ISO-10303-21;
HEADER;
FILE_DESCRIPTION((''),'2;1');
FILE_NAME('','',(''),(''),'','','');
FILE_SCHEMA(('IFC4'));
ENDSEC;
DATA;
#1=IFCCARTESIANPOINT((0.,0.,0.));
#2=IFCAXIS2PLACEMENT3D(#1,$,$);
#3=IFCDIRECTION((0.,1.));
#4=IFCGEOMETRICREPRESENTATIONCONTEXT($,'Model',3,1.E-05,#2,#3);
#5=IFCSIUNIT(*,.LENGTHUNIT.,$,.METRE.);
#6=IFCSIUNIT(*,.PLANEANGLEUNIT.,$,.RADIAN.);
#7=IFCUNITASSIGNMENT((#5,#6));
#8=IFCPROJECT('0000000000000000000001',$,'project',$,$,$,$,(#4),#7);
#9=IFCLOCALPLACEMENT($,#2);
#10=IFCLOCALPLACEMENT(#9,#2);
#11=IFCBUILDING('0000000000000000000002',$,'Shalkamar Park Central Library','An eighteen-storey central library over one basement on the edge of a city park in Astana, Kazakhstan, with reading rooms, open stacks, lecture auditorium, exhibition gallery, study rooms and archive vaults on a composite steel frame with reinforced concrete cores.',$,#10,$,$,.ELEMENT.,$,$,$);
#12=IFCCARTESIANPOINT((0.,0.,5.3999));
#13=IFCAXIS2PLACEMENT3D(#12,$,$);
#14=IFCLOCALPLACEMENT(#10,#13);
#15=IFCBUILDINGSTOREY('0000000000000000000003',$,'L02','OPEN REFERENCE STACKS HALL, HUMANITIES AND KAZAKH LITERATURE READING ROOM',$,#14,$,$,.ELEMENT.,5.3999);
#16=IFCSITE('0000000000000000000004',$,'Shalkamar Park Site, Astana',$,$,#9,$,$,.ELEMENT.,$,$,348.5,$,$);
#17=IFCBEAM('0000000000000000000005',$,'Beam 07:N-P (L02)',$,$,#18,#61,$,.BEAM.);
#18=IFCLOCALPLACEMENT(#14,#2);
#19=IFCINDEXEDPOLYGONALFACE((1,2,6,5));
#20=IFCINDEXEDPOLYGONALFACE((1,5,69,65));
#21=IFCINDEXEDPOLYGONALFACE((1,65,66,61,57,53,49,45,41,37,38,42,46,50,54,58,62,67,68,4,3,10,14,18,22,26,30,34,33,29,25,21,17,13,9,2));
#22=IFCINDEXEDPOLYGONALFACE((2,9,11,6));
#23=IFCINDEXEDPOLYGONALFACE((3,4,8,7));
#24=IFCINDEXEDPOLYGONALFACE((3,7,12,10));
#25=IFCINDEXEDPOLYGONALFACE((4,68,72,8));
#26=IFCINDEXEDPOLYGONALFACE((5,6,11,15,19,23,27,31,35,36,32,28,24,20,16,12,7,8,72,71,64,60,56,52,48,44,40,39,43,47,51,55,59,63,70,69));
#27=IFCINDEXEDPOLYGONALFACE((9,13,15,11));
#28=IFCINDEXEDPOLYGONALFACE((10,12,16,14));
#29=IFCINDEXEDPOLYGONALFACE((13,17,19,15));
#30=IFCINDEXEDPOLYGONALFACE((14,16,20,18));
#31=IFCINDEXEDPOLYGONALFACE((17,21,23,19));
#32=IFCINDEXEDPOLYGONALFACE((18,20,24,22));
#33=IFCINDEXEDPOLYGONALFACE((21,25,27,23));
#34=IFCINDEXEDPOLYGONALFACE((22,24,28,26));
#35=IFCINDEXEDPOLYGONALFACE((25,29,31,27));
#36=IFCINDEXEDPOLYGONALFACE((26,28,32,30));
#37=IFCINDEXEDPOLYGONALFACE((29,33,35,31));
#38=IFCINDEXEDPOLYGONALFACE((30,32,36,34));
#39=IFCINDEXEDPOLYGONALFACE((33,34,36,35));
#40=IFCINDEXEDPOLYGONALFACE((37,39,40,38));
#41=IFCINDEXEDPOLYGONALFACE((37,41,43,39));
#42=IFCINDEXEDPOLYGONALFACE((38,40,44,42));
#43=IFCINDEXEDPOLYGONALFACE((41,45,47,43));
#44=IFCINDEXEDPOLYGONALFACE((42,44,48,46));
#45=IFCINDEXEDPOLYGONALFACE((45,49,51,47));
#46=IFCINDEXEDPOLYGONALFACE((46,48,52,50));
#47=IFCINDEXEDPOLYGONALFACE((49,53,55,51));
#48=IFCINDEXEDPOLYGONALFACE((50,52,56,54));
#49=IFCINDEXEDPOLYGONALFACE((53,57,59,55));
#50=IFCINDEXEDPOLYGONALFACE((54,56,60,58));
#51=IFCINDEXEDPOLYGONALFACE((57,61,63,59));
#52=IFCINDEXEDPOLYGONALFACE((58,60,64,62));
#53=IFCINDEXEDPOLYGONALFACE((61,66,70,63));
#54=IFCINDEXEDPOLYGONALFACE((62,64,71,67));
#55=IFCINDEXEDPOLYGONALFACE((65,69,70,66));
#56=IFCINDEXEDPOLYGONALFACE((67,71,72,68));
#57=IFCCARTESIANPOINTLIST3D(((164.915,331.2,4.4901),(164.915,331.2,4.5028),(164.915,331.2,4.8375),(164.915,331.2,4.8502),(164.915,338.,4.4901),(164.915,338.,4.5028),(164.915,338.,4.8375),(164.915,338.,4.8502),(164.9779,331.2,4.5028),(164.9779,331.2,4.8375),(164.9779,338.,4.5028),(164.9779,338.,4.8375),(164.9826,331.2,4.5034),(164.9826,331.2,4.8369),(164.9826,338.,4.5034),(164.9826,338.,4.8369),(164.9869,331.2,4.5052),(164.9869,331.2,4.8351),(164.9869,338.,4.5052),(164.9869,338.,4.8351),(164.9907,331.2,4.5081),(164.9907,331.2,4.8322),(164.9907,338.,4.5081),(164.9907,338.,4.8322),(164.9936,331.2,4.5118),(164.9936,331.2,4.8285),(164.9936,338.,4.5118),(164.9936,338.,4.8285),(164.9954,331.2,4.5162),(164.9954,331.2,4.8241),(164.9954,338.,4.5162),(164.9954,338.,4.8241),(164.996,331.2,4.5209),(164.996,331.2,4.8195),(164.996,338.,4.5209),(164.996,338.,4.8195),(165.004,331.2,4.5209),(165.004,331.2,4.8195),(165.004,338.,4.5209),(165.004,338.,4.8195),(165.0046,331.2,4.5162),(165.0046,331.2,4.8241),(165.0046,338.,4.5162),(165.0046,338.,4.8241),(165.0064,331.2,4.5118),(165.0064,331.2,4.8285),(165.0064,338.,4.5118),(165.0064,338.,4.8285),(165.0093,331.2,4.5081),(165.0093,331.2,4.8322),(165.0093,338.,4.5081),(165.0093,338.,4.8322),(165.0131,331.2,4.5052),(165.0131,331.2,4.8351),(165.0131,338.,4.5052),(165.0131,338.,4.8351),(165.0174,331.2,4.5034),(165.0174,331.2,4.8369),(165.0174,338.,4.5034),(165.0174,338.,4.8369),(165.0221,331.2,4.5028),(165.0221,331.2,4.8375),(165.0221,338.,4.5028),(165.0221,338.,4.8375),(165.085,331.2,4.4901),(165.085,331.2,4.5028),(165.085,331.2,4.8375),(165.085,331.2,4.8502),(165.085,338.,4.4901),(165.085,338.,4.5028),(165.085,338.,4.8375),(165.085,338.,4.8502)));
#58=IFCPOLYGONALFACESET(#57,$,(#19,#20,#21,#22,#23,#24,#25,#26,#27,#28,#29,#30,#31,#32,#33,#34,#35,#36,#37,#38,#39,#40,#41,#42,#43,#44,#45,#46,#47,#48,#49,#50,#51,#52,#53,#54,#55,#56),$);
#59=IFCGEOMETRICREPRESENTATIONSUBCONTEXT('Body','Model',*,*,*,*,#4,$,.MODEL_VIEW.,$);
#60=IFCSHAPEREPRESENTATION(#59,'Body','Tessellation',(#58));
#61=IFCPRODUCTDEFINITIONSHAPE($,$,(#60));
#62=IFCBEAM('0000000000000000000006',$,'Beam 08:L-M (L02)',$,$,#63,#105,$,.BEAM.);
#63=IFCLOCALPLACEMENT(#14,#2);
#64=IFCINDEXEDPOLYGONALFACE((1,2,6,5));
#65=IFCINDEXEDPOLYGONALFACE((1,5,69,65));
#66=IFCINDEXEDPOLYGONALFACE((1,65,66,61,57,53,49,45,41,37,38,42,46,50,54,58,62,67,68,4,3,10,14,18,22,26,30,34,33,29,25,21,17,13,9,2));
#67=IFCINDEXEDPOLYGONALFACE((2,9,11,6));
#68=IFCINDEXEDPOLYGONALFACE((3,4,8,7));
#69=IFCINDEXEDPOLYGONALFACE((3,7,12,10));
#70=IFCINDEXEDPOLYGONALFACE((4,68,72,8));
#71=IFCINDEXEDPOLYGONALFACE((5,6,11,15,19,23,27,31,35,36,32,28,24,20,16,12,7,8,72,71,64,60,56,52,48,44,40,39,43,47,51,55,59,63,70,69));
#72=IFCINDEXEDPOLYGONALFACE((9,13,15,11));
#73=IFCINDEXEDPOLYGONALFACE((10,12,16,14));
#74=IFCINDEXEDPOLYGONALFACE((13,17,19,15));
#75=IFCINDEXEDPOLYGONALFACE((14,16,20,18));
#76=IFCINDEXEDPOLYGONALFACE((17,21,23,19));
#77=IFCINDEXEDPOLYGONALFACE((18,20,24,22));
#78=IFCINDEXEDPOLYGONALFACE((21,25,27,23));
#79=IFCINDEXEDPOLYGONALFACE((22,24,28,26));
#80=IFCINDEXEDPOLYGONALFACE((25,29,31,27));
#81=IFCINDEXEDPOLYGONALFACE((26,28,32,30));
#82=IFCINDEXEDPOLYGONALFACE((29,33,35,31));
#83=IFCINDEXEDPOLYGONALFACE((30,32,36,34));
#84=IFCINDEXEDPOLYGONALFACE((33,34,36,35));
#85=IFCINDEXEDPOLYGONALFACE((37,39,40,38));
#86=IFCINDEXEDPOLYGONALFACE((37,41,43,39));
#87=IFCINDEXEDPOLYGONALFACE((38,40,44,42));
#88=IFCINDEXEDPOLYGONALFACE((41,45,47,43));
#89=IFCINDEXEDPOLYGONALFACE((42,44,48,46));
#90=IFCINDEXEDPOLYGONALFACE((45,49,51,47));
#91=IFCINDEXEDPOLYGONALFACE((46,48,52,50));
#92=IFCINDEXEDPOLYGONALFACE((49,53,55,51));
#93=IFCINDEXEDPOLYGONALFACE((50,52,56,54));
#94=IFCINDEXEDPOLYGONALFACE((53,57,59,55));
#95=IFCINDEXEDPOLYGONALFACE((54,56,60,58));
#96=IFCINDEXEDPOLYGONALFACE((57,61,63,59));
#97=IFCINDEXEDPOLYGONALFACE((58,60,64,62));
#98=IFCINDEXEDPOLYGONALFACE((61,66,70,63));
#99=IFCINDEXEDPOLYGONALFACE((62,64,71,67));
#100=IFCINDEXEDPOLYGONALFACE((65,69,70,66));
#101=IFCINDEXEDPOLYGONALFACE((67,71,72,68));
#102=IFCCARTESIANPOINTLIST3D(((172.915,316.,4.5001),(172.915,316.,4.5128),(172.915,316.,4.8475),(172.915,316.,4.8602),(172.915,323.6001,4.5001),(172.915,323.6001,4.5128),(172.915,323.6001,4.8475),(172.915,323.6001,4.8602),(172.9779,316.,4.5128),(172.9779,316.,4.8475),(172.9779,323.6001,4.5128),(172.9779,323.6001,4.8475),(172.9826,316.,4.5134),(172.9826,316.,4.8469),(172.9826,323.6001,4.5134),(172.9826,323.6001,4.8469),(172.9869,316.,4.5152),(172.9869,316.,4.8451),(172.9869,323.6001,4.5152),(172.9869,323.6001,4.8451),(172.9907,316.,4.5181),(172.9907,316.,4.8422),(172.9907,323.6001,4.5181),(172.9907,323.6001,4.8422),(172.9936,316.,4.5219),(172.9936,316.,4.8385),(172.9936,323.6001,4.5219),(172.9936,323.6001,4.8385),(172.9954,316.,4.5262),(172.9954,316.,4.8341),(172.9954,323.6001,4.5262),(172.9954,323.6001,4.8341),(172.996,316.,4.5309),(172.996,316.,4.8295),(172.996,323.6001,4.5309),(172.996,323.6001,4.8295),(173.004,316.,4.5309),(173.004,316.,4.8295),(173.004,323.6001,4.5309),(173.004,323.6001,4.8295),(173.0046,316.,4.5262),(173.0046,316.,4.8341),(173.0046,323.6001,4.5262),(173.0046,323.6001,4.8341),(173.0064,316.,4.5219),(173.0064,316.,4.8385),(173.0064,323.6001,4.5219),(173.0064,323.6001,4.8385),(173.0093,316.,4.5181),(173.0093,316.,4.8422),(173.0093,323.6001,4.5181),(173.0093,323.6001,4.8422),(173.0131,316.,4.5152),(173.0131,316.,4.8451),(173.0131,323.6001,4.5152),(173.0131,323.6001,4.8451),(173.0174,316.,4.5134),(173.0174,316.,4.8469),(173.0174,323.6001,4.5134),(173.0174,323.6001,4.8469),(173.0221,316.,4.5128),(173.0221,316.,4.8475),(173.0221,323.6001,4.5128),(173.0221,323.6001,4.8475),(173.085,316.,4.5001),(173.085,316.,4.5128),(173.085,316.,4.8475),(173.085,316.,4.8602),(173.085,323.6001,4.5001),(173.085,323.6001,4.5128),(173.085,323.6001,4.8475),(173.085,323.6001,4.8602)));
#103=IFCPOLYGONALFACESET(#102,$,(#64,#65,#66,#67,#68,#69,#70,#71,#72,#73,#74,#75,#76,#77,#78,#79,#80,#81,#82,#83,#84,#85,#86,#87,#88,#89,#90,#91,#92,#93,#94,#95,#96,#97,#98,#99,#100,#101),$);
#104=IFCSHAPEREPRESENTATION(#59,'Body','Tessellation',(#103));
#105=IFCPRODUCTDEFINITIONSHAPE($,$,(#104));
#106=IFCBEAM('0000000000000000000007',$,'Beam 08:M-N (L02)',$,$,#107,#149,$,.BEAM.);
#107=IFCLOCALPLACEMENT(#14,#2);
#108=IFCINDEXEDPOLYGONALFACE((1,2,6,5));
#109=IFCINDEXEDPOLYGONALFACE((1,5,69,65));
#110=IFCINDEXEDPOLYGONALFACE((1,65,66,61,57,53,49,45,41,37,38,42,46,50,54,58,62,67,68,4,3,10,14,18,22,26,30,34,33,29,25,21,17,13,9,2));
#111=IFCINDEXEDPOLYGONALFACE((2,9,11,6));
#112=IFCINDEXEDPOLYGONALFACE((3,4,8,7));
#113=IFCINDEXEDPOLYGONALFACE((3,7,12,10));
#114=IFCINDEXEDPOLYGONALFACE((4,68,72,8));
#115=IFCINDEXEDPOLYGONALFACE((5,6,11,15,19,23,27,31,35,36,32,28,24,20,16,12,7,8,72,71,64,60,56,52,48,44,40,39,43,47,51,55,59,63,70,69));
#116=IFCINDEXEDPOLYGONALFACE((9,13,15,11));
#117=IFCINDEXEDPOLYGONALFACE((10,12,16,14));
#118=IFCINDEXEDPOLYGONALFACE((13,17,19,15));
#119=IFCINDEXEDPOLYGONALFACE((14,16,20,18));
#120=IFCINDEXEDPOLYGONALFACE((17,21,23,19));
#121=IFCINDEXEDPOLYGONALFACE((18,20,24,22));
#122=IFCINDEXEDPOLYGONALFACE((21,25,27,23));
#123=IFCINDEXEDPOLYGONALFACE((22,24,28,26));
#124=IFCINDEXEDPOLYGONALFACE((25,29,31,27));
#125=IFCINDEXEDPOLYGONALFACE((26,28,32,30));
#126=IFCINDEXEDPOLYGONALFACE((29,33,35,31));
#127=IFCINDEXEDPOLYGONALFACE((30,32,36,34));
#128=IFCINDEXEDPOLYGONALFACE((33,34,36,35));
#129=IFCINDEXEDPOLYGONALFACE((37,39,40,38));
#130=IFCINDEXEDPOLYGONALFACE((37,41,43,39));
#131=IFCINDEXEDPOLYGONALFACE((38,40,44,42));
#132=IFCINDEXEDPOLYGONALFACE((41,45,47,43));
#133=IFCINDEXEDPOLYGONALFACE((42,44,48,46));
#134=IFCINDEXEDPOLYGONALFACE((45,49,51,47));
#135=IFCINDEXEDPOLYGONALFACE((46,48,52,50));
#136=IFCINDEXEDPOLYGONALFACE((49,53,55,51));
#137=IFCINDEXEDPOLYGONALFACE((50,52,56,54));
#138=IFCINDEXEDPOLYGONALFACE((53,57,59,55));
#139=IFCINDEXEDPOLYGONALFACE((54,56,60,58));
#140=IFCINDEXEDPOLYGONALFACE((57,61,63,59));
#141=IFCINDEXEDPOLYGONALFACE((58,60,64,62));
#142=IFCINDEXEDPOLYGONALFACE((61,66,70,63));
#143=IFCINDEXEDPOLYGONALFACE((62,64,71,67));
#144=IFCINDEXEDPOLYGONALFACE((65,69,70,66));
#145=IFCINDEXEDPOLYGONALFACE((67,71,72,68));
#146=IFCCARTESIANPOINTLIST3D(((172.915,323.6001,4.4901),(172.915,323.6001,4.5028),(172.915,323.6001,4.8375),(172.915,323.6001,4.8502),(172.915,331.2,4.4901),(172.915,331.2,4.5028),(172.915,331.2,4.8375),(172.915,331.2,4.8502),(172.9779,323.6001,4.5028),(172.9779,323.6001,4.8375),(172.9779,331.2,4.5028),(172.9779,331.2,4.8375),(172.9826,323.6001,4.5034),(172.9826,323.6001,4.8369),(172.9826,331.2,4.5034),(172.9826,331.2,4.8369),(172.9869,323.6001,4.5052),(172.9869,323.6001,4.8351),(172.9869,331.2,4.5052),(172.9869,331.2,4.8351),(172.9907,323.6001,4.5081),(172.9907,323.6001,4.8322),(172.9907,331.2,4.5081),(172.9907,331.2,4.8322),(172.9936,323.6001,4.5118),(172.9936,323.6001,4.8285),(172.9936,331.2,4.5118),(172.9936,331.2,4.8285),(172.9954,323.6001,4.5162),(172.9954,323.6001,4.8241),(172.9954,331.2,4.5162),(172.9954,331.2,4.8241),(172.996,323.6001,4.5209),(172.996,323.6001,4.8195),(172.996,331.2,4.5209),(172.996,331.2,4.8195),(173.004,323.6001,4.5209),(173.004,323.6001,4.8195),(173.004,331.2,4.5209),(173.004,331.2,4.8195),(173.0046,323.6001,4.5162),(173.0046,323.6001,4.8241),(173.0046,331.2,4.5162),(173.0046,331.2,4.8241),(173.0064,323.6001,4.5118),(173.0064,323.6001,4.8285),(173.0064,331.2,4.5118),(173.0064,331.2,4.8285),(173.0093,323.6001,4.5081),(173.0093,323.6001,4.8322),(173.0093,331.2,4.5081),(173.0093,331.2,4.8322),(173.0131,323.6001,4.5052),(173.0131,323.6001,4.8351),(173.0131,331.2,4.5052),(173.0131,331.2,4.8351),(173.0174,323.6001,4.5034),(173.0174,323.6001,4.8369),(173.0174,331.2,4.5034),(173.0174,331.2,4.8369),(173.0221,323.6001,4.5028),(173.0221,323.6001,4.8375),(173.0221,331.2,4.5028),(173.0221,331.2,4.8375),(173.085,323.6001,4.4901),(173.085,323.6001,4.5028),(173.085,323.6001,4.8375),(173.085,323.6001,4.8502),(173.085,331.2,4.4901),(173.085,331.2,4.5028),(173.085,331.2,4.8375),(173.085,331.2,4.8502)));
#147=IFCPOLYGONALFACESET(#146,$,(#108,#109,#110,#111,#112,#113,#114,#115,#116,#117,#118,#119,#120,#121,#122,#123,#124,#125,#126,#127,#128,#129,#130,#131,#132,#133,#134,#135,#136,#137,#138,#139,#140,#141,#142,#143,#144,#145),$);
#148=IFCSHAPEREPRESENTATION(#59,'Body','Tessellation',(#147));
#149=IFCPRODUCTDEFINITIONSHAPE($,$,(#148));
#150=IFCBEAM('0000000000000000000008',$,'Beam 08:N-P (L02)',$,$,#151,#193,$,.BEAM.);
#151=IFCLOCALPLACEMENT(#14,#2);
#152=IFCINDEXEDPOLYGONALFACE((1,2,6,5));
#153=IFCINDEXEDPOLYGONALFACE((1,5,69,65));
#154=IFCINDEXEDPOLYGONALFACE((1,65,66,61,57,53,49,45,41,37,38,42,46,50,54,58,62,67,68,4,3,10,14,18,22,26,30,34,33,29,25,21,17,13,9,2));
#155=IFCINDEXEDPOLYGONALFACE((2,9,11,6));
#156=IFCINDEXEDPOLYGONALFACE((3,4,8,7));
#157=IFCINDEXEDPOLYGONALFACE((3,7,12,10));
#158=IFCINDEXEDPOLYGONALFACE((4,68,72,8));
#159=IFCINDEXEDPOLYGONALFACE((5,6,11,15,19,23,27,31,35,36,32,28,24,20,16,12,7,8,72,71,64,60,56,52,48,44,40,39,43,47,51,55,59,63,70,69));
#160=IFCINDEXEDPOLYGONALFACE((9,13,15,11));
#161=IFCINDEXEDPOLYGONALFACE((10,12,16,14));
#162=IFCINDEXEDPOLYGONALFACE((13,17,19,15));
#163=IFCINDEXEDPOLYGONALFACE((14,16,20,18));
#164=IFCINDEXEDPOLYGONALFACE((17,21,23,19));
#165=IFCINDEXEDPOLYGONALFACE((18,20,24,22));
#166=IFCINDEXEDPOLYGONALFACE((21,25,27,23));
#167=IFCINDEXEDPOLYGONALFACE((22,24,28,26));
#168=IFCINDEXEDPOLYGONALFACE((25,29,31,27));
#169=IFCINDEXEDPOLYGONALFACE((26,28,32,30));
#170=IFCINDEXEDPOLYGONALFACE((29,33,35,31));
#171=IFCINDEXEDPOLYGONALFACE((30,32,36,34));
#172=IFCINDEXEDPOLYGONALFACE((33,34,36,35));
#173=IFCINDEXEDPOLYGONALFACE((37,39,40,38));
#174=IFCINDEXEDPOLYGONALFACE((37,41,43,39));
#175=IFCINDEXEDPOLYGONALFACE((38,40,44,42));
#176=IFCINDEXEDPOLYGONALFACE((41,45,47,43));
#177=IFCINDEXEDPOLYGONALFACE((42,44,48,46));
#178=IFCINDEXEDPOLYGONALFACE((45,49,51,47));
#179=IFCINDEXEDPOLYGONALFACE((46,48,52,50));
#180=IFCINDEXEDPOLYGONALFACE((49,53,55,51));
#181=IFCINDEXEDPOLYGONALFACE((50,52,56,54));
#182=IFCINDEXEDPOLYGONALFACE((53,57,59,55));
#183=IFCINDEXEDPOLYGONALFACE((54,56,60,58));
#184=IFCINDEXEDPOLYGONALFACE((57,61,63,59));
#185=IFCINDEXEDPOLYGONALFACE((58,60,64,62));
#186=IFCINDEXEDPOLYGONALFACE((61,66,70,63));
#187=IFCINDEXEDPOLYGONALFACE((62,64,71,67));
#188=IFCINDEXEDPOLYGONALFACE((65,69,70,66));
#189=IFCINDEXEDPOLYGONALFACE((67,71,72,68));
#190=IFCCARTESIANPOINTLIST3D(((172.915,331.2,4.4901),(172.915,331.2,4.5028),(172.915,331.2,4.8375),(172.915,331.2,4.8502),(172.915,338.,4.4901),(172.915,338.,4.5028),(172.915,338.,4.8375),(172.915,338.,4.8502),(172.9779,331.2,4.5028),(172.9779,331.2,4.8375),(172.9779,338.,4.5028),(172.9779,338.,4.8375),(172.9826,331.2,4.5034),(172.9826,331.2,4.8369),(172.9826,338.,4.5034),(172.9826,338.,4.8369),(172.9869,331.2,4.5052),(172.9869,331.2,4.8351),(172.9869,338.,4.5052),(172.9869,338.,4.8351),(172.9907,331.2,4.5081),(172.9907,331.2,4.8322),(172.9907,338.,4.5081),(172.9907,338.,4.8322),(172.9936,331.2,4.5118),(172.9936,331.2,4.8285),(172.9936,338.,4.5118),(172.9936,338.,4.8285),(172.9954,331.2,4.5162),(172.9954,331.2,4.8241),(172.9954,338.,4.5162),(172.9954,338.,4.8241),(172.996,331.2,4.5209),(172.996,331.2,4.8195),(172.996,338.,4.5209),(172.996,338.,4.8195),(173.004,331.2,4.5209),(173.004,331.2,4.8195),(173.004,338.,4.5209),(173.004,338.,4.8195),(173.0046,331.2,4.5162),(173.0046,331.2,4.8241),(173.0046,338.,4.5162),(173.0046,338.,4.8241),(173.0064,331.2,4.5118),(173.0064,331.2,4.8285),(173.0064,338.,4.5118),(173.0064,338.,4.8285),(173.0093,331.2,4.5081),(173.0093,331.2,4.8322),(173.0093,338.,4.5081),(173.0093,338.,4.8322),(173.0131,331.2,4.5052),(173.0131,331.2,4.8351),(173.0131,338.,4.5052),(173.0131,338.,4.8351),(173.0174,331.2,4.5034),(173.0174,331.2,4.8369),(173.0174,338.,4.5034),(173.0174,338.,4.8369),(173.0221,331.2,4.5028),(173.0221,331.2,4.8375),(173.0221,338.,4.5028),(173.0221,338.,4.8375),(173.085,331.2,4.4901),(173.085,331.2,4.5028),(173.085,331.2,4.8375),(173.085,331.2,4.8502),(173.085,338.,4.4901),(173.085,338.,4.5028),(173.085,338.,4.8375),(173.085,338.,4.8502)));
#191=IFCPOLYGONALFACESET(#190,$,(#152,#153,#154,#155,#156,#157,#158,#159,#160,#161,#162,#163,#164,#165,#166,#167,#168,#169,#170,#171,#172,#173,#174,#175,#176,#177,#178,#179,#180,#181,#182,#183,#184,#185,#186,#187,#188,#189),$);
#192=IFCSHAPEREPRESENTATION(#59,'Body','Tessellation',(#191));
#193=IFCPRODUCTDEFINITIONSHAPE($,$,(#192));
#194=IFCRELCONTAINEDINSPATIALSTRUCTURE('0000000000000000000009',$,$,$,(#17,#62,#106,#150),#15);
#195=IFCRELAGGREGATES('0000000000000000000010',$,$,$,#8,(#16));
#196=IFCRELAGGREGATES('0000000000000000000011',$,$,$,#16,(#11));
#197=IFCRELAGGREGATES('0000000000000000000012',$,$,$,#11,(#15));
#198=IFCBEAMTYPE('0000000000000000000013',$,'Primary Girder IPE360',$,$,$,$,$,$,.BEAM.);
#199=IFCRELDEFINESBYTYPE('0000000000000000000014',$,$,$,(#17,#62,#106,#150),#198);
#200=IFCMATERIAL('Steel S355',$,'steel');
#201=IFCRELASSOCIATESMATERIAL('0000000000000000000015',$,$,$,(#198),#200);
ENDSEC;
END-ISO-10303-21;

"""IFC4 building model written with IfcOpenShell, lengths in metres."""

from ifc_helpers import new_model, si_unit, direction, frame, origin, origin_2d, place, context, subcontext, project, spatial, i_section, extrude, material, material_profile, profile_set, type_object, element, save


model = new_model("IFC4")

# Units and contexts
model_context = context("Model", 3, precision=1e-05, world=origin(), true_north=direction((0.0, 1.0)))
body_context = subcontext(model_context, "Body", "Model", "MODEL_VIEW")
ifc_project = project(units=[si_unit("LENGTHUNIT", "METRE"), si_unit("PLANEANGLEUNIT", "RADIAN")], contexts=[model_context])

# Site, building, storey
site_placement = place(None, origin())
site = spatial("IfcSite", under=ifc_project, at=site_placement, Name="Shalkamar Park Site, Astana", CompositionType="ELEMENT", RefElevation=348.5)
building_placement = place(site_placement, origin())
building = spatial("IfcBuilding", under=site, at=building_placement, Name="Shalkamar Park Central Library", Description="An eighteen-storey central library over one basement on the edge of a city park in Astana, Kazakhstan, with reading rooms, open stacks, lecture auditorium, exhibition gallery, study rooms and archive vaults on a composite steel frame with reinforced concrete cores.", CompositionType="ELEMENT")
storey_placement = place(building_placement, frame((0.0, 0.0, 5.3999)))
storey = spatial("IfcBuildingStorey", under=building, at=storey_placement, Name="L02", Description="OPEN REFERENCE STACKS HALL, HUMANITIES AND KAZAKH LITERATURE READING ROOM", CompositionType="ELEMENT", Elevation=5.3999)

# Shared definitions
ifc_material = material(Name="Steel S355", Category="steel")

# Beams
ifc_material_profile_1 = material_profile(ifc_material, i_section(OverallWidth=0.1699, OverallDepth=0.3601, WebThickness=0.0081, FlangeThickness=0.0127, FilletRadius=0.0181, at=origin_2d()), Name="IPE 360")
ifc_profile_set_1 = profile_set([ifc_material_profile_1], Name="Steel S355")
beam_type_1 = type_object("IfcBeamType", Name="Primary Girder IPE360", PredefinedType="BEAM", material=ifc_profile_set_1)
beam_1_placement = place(storey_placement, frame((165.0, 331.2, 4.6702), z_axis=(0.0, 1.0, 0.0), x_axis=(-1.0, 0.0, 0.0)))
element("IfcBeam", 1, at=beam_1_placement, inside=storey, type_object=beam_type_1, Name="Beam 07:N-P (L02)", PredefinedType="BEAM", context=body_context, shape_type="SweptSolid", body=[
    extrude(i_section(OverallWidth=0.1699, OverallDepth=0.3601, WebThickness=0.0081, FlangeThickness=0.0127, FilletRadius=0.0181, at=origin_2d()), origin(), (0.0, 0.0, 1.0), 6.8),
])
beam_2_placement = place(storey_placement, frame((173.0, 316.0, 4.6802), z_axis=(0.0, 1.0, 0.0), x_axis=(-1.0, 0.0, 0.0)))
element("IfcBeam", 2, at=beam_2_placement, inside=storey, type_object=beam_type_1, Name="Beam 08:L-M (L02)", PredefinedType="BEAM", context=body_context, shape_type="SweptSolid", body=[
    extrude(i_section(OverallWidth=0.1699, OverallDepth=0.3601, WebThickness=0.0081, FlangeThickness=0.0127, FilletRadius=0.0181, at=origin_2d()), origin(), (0.0, 0.0, 1.0), 7.6001),
])
beam_3_placement = place(storey_placement, frame((173.0, 323.6001, 4.6702), z_axis=(0.0, 1.0, 0.0), x_axis=(-1.0, 0.0, 0.0)))
element("IfcBeam", 3, at=beam_3_placement, inside=storey, type_object=beam_type_1, Name="Beam 08:M-N (L02)", PredefinedType="BEAM", context=body_context, shape_type="SweptSolid", body=[
    extrude(i_section(OverallWidth=0.1699, OverallDepth=0.3601, WebThickness=0.0081, FlangeThickness=0.0127, FilletRadius=0.0181, at=origin_2d()), origin(), (0.0, 0.0, 1.0), 7.5999),
])
beam_4_placement = place(storey_placement, frame((173.0, 331.2, 4.6702), z_axis=(0.0, 1.0, 0.0), x_axis=(-1.0, 0.0, 0.0)))
element("IfcBeam", 4, at=beam_4_placement, inside=storey, type_object=beam_type_1, Name="Beam 08:N-P (L02)", PredefinedType="BEAM", context=body_context, shape_type="SweptSolid", body=[
    extrude(i_section(OverallWidth=0.1699, OverallDepth=0.3601, WebThickness=0.0081, FlangeThickness=0.0127, FilletRadius=0.0181, at=origin_2d()), origin(), (0.0, 0.0, 1.0), 6.8),
])

save(model, "model.ifc")
